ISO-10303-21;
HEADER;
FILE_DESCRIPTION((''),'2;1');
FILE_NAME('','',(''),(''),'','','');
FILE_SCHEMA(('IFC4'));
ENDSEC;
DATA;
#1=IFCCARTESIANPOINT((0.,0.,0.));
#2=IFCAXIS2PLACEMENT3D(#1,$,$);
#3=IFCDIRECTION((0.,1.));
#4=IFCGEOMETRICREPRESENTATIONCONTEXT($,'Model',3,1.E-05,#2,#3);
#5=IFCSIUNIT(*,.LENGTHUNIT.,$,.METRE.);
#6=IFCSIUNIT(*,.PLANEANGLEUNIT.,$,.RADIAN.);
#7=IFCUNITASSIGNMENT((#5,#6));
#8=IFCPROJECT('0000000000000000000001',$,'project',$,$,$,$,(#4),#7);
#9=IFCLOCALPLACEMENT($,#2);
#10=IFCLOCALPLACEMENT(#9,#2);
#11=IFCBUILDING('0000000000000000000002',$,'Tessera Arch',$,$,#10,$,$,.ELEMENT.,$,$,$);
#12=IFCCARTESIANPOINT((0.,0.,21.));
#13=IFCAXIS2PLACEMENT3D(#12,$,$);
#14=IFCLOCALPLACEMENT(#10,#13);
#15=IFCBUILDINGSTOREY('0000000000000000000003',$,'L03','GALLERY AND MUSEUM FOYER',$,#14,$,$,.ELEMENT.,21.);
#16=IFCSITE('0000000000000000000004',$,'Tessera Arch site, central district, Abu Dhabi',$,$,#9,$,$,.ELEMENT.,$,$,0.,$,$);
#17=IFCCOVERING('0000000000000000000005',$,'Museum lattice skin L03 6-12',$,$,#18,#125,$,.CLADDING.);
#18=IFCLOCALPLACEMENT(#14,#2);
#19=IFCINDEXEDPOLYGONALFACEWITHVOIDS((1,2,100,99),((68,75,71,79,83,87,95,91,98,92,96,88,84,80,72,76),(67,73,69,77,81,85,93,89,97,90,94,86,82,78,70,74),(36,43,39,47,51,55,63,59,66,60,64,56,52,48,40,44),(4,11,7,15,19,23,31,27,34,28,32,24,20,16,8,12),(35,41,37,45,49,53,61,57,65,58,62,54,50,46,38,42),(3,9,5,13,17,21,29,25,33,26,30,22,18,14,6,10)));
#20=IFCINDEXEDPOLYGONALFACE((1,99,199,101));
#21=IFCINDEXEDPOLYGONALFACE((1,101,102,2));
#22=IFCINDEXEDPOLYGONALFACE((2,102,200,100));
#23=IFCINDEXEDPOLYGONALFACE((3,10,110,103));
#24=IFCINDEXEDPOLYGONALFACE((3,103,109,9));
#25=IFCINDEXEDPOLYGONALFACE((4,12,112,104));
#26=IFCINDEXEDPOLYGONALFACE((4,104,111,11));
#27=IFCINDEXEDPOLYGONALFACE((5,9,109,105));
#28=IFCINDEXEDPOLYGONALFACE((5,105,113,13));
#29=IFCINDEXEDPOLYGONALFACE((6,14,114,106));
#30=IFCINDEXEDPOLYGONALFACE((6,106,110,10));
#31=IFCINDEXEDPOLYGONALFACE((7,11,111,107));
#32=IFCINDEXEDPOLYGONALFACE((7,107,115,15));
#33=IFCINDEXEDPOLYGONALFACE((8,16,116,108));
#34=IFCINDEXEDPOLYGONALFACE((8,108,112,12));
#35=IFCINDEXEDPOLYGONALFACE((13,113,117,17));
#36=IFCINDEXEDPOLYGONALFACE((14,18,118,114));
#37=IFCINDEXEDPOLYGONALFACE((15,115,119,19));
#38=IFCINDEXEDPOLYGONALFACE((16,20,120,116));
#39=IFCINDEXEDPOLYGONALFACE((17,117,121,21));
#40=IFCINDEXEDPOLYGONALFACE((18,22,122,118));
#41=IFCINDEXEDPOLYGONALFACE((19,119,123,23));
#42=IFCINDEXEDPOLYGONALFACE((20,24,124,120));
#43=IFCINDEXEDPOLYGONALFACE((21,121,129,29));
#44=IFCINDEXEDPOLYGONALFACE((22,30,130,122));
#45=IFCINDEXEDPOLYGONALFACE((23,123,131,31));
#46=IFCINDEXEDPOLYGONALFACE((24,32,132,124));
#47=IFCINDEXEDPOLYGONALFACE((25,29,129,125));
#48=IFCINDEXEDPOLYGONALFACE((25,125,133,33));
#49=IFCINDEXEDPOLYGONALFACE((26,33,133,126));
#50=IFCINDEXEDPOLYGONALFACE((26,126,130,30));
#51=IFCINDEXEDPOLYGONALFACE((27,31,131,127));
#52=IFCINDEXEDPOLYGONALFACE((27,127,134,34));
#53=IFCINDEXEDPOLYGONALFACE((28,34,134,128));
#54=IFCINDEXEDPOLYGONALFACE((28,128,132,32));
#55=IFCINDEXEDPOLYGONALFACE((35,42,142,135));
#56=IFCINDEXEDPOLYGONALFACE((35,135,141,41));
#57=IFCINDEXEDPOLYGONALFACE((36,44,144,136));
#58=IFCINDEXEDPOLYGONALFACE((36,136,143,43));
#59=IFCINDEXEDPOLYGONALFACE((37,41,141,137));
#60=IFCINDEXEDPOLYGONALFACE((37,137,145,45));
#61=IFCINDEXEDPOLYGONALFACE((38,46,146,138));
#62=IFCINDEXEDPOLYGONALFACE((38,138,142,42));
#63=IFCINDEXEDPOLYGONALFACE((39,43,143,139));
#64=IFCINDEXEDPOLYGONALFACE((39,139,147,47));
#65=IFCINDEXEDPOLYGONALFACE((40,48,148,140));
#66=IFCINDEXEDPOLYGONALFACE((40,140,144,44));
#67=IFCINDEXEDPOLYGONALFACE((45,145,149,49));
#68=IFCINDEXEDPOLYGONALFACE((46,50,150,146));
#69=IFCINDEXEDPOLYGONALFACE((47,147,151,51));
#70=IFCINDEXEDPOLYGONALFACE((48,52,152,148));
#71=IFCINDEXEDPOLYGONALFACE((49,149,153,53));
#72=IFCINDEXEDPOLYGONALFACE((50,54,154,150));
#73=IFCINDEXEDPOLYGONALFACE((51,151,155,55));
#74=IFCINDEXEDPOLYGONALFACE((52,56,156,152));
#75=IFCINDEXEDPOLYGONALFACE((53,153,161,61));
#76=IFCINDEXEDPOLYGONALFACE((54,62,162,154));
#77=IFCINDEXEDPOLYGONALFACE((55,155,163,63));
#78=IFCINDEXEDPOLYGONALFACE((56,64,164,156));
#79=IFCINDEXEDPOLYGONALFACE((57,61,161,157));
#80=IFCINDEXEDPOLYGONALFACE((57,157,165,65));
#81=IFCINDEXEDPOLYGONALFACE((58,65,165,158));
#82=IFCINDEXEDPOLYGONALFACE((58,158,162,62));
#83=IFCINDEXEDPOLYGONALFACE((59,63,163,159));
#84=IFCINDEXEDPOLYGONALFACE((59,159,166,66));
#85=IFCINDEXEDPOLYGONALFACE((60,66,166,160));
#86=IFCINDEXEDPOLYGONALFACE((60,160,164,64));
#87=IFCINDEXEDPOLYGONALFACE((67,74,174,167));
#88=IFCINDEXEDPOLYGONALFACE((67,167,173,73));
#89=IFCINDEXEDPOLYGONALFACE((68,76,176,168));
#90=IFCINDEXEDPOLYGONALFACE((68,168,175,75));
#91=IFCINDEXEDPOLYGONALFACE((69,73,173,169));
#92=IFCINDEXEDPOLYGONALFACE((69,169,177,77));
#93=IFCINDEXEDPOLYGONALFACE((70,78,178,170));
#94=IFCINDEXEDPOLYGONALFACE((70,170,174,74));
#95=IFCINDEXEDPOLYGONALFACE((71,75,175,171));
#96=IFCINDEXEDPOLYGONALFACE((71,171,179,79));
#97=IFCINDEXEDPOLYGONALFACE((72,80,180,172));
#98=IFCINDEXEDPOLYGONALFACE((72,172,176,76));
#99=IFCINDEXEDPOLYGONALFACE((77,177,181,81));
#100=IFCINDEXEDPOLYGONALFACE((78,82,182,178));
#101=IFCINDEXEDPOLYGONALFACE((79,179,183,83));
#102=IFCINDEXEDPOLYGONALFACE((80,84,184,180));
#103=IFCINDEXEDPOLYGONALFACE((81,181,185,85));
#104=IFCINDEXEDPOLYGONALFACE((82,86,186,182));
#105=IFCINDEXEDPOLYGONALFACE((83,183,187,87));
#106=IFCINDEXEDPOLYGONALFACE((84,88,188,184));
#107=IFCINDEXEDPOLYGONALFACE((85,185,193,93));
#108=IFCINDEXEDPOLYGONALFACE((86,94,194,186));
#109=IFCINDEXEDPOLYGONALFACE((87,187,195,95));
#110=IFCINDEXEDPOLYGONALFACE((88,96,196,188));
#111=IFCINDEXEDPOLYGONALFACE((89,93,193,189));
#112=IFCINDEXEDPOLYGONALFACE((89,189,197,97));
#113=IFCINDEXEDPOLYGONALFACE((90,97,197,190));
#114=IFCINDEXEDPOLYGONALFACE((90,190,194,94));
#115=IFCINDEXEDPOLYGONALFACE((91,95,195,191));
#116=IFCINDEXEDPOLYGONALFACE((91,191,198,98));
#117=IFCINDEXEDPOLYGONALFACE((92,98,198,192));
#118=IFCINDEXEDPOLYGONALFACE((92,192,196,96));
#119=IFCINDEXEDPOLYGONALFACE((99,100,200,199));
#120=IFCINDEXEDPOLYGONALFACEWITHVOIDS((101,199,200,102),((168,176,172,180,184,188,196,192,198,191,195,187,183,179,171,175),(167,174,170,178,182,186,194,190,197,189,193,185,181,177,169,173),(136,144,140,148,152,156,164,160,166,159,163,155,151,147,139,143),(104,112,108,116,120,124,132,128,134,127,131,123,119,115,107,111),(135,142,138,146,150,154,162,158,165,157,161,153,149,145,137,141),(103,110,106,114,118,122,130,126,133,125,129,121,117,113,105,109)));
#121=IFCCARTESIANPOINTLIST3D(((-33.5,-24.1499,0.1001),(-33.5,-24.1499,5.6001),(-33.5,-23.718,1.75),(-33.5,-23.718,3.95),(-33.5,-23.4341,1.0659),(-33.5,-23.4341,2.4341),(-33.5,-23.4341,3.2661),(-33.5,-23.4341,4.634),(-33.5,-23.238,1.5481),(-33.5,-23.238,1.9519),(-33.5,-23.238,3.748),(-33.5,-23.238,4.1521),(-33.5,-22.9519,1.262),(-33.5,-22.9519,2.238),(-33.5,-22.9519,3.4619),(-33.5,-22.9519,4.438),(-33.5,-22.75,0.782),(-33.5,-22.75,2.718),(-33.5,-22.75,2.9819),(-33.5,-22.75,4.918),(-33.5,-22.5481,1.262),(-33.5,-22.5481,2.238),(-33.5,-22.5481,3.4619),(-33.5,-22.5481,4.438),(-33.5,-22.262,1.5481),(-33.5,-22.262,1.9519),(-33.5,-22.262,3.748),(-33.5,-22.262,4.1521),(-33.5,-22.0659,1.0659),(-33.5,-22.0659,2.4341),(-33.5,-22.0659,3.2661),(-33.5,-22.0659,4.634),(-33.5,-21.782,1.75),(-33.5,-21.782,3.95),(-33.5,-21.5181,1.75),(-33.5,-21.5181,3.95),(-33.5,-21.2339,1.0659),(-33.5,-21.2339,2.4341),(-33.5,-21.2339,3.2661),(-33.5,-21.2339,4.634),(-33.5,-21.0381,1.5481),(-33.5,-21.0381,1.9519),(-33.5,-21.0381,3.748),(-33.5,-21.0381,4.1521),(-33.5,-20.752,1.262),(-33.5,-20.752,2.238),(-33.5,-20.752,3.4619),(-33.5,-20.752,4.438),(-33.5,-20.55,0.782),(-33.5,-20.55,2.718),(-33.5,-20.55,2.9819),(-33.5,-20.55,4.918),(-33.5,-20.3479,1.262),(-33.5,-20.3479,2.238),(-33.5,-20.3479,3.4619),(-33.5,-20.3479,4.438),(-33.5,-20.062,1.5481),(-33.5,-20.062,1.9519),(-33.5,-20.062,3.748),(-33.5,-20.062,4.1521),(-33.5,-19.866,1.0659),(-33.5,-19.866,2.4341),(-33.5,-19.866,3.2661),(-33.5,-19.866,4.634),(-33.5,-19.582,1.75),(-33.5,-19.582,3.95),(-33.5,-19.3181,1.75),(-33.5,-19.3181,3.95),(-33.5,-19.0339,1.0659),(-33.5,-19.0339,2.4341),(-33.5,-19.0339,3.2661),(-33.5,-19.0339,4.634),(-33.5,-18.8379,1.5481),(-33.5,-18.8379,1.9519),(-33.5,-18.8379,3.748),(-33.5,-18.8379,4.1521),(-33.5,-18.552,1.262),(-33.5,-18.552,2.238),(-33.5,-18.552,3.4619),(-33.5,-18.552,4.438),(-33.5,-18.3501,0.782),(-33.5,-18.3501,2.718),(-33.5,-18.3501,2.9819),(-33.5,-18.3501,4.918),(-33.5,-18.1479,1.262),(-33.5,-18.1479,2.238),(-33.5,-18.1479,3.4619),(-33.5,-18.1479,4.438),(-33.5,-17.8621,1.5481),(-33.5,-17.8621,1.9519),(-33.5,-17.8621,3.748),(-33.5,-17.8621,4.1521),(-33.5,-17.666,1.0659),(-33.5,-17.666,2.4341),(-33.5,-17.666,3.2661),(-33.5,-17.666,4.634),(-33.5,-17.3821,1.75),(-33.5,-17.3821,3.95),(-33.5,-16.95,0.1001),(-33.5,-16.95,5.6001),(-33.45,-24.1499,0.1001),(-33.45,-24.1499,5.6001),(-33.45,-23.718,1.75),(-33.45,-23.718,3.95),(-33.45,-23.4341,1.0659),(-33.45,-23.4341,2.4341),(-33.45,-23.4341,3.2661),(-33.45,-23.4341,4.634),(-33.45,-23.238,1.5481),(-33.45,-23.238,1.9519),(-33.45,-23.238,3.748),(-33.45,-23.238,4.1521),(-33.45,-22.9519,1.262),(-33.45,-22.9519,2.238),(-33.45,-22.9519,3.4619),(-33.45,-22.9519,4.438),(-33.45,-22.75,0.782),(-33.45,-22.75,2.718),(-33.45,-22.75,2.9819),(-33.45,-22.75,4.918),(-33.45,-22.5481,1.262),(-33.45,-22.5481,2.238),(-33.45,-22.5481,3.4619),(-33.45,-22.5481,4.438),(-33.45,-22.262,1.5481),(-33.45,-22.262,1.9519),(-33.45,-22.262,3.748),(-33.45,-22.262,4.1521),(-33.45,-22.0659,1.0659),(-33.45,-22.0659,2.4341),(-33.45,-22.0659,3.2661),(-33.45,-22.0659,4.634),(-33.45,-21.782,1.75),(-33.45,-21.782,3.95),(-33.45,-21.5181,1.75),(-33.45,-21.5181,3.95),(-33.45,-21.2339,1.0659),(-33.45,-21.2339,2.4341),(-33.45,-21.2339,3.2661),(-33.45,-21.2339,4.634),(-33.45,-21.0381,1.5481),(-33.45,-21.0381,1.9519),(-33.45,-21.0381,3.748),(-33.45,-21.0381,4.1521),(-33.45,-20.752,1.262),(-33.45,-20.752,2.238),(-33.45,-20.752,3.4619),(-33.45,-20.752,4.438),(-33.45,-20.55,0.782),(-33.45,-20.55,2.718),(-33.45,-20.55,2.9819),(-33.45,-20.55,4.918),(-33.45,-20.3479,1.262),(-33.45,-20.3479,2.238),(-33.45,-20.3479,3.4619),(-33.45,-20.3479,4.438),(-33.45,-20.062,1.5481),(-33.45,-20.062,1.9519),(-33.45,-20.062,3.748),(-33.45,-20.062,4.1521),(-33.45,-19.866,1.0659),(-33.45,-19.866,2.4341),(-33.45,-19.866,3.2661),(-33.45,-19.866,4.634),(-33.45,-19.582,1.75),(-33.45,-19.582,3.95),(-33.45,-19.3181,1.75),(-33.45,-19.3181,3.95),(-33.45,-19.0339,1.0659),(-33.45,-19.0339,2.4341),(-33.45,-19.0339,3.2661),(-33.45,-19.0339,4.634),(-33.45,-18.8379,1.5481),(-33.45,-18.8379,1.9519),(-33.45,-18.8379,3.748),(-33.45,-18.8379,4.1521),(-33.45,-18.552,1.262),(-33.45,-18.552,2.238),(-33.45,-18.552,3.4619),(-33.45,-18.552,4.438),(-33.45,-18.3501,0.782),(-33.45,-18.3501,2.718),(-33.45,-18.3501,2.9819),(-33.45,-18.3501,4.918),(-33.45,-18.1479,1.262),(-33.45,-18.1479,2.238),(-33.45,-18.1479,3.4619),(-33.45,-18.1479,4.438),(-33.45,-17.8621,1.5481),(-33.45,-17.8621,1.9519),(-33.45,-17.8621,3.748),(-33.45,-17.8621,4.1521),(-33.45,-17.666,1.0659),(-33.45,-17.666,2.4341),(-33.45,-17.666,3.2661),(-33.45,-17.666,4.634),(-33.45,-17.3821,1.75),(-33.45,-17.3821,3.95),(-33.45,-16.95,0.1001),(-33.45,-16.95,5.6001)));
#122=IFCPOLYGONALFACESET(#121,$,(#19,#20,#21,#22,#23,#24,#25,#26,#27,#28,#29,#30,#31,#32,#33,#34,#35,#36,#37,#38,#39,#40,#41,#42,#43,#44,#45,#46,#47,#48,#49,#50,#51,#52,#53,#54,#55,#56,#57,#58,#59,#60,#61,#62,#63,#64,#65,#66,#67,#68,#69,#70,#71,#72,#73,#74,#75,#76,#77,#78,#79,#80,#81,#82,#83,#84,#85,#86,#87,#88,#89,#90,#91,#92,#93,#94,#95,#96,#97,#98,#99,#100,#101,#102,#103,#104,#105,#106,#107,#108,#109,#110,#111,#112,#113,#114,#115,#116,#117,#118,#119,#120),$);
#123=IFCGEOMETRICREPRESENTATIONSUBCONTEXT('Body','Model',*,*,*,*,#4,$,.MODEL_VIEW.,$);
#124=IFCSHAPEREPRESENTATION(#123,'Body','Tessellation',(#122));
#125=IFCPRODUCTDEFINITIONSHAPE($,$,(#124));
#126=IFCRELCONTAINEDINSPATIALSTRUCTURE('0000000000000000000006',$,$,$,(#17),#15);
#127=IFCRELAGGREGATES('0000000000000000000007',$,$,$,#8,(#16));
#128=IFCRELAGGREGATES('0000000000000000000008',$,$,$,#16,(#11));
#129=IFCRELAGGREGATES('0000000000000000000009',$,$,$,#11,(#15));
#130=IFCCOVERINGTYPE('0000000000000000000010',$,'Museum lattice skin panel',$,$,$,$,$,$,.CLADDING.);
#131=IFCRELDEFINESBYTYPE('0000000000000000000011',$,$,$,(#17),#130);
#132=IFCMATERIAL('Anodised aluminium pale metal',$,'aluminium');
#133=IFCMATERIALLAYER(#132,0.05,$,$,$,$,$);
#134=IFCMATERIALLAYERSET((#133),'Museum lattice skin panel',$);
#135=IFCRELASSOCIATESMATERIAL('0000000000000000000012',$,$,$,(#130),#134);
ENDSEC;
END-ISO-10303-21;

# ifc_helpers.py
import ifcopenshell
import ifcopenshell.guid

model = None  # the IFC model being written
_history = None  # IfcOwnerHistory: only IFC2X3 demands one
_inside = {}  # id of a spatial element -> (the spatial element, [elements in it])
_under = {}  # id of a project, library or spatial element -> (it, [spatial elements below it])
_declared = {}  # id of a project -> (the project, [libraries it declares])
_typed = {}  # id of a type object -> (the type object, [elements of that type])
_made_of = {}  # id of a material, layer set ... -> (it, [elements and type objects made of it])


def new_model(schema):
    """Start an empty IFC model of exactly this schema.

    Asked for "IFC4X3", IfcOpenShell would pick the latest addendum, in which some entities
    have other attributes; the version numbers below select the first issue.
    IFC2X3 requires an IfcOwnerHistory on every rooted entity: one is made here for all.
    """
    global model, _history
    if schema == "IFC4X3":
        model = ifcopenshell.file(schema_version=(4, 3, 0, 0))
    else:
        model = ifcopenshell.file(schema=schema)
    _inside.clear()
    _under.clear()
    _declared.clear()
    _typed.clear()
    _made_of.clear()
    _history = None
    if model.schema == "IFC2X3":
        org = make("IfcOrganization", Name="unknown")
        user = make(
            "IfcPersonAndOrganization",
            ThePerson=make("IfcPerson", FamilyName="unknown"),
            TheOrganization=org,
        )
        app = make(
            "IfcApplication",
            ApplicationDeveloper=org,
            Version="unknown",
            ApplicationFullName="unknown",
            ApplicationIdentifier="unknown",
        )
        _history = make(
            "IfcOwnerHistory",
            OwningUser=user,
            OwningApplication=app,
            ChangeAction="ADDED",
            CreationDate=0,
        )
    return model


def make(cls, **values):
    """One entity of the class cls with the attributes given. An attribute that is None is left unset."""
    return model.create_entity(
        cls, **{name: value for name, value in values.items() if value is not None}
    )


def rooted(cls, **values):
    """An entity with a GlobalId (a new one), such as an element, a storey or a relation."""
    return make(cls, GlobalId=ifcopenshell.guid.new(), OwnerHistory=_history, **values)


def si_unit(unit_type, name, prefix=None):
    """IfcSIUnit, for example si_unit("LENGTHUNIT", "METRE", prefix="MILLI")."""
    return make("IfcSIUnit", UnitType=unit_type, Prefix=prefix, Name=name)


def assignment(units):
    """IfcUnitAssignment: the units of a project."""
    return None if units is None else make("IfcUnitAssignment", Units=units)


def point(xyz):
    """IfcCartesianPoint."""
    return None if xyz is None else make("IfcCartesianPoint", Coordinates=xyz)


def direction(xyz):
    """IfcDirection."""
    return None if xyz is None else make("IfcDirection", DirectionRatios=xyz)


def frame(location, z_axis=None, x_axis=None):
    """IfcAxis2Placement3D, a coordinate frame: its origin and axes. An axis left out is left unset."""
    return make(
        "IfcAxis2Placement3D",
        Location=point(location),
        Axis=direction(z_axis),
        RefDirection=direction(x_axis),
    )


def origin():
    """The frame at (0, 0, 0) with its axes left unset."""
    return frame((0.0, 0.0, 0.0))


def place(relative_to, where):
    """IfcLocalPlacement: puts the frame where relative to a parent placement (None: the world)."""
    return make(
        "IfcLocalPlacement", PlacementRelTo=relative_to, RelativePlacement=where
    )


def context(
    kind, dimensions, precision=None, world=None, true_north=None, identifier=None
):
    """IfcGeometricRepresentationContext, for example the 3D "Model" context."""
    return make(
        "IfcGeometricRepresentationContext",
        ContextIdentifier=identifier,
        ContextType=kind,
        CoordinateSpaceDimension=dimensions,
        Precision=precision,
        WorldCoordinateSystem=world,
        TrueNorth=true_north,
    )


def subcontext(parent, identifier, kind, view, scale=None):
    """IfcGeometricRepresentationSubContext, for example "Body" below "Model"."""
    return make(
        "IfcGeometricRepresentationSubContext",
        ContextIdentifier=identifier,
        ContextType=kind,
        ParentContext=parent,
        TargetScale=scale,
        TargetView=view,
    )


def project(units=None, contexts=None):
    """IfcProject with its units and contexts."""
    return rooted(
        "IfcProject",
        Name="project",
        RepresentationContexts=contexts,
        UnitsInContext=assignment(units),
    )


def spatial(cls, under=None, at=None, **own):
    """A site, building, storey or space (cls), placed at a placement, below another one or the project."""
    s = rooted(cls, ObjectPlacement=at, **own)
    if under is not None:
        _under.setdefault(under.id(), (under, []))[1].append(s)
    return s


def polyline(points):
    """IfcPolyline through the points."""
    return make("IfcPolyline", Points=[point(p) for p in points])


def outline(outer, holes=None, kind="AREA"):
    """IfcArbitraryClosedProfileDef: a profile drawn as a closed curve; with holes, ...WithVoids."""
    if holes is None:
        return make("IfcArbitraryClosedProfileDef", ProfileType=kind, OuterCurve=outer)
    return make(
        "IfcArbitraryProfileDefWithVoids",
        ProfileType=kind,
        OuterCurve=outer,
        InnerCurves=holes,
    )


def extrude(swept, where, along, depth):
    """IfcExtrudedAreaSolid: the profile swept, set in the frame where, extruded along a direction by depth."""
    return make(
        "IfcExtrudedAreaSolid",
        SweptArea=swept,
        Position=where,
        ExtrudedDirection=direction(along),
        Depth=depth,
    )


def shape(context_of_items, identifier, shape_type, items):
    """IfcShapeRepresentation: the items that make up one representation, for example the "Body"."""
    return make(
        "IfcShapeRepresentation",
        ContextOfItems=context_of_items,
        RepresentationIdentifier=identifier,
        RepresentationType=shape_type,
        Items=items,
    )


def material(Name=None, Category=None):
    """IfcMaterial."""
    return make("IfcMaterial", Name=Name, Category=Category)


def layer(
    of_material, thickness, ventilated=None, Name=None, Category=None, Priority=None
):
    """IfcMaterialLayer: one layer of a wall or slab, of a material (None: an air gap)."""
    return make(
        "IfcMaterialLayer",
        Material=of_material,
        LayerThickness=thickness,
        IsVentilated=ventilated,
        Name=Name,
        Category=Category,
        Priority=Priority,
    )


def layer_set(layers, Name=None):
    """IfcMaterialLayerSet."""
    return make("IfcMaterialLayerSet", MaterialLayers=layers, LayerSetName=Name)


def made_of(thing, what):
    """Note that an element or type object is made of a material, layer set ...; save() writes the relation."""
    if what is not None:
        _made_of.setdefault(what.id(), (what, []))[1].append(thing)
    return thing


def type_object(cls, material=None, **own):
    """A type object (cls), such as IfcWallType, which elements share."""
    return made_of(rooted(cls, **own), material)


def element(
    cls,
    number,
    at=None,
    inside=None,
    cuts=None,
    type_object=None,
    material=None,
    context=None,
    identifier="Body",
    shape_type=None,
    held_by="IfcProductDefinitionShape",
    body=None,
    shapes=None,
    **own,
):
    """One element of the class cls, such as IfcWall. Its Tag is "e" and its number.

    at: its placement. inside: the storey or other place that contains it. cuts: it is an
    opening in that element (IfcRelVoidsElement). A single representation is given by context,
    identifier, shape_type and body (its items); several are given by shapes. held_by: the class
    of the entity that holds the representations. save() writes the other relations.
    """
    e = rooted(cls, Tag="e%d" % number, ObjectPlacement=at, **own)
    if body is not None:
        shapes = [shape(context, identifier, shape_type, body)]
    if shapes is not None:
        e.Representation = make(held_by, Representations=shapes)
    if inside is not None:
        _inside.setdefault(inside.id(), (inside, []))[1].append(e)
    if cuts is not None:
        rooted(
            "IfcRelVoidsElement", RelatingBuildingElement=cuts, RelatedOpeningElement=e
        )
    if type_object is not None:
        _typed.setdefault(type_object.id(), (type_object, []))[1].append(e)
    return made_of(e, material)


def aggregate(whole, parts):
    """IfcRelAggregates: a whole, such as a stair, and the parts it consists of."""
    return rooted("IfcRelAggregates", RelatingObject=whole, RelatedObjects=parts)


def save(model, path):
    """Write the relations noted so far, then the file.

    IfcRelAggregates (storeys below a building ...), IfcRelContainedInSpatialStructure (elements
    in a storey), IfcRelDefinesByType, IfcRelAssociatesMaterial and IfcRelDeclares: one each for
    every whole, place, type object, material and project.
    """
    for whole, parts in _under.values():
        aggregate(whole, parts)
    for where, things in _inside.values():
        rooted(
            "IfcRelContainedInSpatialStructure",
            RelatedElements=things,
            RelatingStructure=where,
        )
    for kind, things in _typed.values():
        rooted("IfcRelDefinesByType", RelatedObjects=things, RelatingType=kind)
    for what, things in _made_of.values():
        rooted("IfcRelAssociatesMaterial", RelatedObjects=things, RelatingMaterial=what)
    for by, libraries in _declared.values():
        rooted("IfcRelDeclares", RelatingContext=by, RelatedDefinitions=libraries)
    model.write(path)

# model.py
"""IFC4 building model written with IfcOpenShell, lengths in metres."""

from ifc_helpers import new_model, si_unit, direction, frame, origin, place, context, subcontext, project, spatial, polyline, outline, extrude, material, layer, layer_set, type_object, element, save


model = new_model("IFC4")

# Units and contexts
model_context = context("Model", 3, precision=1e-05, world=origin(), true_north=direction((0.0, 1.0)))
body_context = subcontext(model_context, "Body", "Model", "MODEL_VIEW")
ifc_project = project(units=[si_unit("LENGTHUNIT", "METRE"), si_unit("PLANEANGLEUNIT", "RADIAN")], contexts=[model_context])

# Site, building, storey
site_placement = place(None, origin())
site = spatial("IfcSite", under=ifc_project, at=site_placement, Name="Tessera Arch site, central district, Abu Dhabi", CompositionType="ELEMENT", RefElevation=0.0)
building_placement = place(site_placement, origin())
building = spatial("IfcBuilding", under=site, at=building_placement, Name="Tessera Arch", CompositionType="ELEMENT")
storey_placement = place(building_placement, frame((0.0, 0.0, 21.0)))
storey = spatial("IfcBuildingStorey", under=building, at=storey_placement, Name="L03", Description="GALLERY AND MUSEUM FOYER", CompositionType="ELEMENT", Elevation=21.0)

# Covering
ifc_material_1 = material(Name="Anodised aluminium pale metal", Category="aluminium")
ifc_layer_1 = layer(ifc_material_1, 0.05)
ifc_layer_set_1 = layer_set([ifc_layer_1], Name="Museum lattice skin panel")
covering_type = type_object("IfcCoveringType", Name="Museum lattice skin panel", PredefinedType="CLADDING", material=ifc_layer_set_1)
covering_1_placement = place(storey_placement, frame((-33.45, -16.95, 5.6001), z_axis=(1.0, 0.0, 0.0), x_axis=(0.0, -1.0, 0.0)))
element("IfcCovering", 1, at=covering_1_placement, inside=storey, type_object=covering_type, Name="Museum lattice skin L03 6-12", PredefinedType="CLADDING", context=body_context, shape_type="SweptSolid", body=[
    extrude(outline(polyline([(0.0, 0.0), (7.2, 0.0), (7.2, 5.5), (0.0, 5.5), (0.0, 0.0)]), holes=[polyline([(2.3682, 3.8501), (1.8879, 3.6482), (2.084, 3.166), (1.6021, 3.3621), (1.4001, 2.8821), (1.198, 3.3621), (0.7161, 3.166), (0.9121, 3.6482), (0.4321, 3.8501), (0.9121, 4.052), (0.7161, 4.5342), (1.198, 4.3381), (1.4001, 4.8181), (1.6021, 4.3381), (2.084, 4.5342), (1.8879, 4.052), (2.3682, 3.8501)]), polyline([(2.3682, 1.6501), (1.8879, 1.448), (2.084, 0.9661), (1.6021, 1.1621), (1.4001, 0.6821), (1.198, 1.1621), (0.7161, 0.9661), (0.9121, 1.448), (0.4321, 1.6501), (0.9121, 1.8521), (0.7161, 2.334), (1.198, 2.1382), (1.4001, 2.6182), (1.6021, 2.1382), (2.084, 2.334), (1.8879, 1.8521), (2.3682, 1.6501)]), polyline([(4.5681, 3.8501), (4.0881, 3.6482), (4.2839, 3.166), (3.802, 3.3621), (3.6001, 2.8821), (3.3979, 3.3621), (2.916, 3.166), (3.1121, 3.6482), (2.6321, 3.8501), (3.1121, 4.052), (2.916, 4.5342), (3.3979, 4.3381), (3.6001, 4.8181), (3.802, 4.3381), (4.2839, 4.5342), (4.0881, 4.052), (4.5681, 3.8501)]), polyline([(4.5681, 1.6501), (4.0881, 1.448), (4.2839, 0.9661), (3.802, 1.1621), (3.6001, 0.6821), (3.3979, 1.1621), (2.916, 0.9661), (3.1121, 1.448), (2.6321, 1.6501), (3.1121, 1.8521), (2.916, 2.334), (3.3979, 2.1382), (3.6001, 2.6182), (3.802, 2.1382), (4.2839, 2.334), (4.0881, 1.8521), (4.5681, 1.6501)]), polyline([(6.7681, 3.8501), (6.2881, 3.6482), (6.4841, 3.166), (6.002, 3.3621), (5.8, 2.8821), (5.5981, 3.3621), (5.116, 3.166), (5.312, 3.6482), (4.832, 3.8501), (5.312, 4.052), (5.116, 4.5342), (5.5981, 4.3381), (5.8, 4.8181), (6.002, 4.3381), (6.4841, 4.5342), (6.2881, 4.052), (6.7681, 3.8501)]), polyline([(6.7681, 1.6501), (6.2881, 1.448), (6.4841, 0.9661), (6.002, 1.1621), (5.8, 0.6821), (5.5981, 1.1621), (5.116, 0.9661), (5.312, 1.448), (4.832, 1.6501), (5.312, 1.8521), (5.116, 2.334), (5.5981, 2.1382), (5.8, 2.6182), (6.002, 2.1382), (6.4841, 2.334), (6.2881, 1.8521), (6.7681, 1.6501)])]), origin(), (0.0, 0.0, -1.0), 0.05),
])

save(model, "model.ifc")
